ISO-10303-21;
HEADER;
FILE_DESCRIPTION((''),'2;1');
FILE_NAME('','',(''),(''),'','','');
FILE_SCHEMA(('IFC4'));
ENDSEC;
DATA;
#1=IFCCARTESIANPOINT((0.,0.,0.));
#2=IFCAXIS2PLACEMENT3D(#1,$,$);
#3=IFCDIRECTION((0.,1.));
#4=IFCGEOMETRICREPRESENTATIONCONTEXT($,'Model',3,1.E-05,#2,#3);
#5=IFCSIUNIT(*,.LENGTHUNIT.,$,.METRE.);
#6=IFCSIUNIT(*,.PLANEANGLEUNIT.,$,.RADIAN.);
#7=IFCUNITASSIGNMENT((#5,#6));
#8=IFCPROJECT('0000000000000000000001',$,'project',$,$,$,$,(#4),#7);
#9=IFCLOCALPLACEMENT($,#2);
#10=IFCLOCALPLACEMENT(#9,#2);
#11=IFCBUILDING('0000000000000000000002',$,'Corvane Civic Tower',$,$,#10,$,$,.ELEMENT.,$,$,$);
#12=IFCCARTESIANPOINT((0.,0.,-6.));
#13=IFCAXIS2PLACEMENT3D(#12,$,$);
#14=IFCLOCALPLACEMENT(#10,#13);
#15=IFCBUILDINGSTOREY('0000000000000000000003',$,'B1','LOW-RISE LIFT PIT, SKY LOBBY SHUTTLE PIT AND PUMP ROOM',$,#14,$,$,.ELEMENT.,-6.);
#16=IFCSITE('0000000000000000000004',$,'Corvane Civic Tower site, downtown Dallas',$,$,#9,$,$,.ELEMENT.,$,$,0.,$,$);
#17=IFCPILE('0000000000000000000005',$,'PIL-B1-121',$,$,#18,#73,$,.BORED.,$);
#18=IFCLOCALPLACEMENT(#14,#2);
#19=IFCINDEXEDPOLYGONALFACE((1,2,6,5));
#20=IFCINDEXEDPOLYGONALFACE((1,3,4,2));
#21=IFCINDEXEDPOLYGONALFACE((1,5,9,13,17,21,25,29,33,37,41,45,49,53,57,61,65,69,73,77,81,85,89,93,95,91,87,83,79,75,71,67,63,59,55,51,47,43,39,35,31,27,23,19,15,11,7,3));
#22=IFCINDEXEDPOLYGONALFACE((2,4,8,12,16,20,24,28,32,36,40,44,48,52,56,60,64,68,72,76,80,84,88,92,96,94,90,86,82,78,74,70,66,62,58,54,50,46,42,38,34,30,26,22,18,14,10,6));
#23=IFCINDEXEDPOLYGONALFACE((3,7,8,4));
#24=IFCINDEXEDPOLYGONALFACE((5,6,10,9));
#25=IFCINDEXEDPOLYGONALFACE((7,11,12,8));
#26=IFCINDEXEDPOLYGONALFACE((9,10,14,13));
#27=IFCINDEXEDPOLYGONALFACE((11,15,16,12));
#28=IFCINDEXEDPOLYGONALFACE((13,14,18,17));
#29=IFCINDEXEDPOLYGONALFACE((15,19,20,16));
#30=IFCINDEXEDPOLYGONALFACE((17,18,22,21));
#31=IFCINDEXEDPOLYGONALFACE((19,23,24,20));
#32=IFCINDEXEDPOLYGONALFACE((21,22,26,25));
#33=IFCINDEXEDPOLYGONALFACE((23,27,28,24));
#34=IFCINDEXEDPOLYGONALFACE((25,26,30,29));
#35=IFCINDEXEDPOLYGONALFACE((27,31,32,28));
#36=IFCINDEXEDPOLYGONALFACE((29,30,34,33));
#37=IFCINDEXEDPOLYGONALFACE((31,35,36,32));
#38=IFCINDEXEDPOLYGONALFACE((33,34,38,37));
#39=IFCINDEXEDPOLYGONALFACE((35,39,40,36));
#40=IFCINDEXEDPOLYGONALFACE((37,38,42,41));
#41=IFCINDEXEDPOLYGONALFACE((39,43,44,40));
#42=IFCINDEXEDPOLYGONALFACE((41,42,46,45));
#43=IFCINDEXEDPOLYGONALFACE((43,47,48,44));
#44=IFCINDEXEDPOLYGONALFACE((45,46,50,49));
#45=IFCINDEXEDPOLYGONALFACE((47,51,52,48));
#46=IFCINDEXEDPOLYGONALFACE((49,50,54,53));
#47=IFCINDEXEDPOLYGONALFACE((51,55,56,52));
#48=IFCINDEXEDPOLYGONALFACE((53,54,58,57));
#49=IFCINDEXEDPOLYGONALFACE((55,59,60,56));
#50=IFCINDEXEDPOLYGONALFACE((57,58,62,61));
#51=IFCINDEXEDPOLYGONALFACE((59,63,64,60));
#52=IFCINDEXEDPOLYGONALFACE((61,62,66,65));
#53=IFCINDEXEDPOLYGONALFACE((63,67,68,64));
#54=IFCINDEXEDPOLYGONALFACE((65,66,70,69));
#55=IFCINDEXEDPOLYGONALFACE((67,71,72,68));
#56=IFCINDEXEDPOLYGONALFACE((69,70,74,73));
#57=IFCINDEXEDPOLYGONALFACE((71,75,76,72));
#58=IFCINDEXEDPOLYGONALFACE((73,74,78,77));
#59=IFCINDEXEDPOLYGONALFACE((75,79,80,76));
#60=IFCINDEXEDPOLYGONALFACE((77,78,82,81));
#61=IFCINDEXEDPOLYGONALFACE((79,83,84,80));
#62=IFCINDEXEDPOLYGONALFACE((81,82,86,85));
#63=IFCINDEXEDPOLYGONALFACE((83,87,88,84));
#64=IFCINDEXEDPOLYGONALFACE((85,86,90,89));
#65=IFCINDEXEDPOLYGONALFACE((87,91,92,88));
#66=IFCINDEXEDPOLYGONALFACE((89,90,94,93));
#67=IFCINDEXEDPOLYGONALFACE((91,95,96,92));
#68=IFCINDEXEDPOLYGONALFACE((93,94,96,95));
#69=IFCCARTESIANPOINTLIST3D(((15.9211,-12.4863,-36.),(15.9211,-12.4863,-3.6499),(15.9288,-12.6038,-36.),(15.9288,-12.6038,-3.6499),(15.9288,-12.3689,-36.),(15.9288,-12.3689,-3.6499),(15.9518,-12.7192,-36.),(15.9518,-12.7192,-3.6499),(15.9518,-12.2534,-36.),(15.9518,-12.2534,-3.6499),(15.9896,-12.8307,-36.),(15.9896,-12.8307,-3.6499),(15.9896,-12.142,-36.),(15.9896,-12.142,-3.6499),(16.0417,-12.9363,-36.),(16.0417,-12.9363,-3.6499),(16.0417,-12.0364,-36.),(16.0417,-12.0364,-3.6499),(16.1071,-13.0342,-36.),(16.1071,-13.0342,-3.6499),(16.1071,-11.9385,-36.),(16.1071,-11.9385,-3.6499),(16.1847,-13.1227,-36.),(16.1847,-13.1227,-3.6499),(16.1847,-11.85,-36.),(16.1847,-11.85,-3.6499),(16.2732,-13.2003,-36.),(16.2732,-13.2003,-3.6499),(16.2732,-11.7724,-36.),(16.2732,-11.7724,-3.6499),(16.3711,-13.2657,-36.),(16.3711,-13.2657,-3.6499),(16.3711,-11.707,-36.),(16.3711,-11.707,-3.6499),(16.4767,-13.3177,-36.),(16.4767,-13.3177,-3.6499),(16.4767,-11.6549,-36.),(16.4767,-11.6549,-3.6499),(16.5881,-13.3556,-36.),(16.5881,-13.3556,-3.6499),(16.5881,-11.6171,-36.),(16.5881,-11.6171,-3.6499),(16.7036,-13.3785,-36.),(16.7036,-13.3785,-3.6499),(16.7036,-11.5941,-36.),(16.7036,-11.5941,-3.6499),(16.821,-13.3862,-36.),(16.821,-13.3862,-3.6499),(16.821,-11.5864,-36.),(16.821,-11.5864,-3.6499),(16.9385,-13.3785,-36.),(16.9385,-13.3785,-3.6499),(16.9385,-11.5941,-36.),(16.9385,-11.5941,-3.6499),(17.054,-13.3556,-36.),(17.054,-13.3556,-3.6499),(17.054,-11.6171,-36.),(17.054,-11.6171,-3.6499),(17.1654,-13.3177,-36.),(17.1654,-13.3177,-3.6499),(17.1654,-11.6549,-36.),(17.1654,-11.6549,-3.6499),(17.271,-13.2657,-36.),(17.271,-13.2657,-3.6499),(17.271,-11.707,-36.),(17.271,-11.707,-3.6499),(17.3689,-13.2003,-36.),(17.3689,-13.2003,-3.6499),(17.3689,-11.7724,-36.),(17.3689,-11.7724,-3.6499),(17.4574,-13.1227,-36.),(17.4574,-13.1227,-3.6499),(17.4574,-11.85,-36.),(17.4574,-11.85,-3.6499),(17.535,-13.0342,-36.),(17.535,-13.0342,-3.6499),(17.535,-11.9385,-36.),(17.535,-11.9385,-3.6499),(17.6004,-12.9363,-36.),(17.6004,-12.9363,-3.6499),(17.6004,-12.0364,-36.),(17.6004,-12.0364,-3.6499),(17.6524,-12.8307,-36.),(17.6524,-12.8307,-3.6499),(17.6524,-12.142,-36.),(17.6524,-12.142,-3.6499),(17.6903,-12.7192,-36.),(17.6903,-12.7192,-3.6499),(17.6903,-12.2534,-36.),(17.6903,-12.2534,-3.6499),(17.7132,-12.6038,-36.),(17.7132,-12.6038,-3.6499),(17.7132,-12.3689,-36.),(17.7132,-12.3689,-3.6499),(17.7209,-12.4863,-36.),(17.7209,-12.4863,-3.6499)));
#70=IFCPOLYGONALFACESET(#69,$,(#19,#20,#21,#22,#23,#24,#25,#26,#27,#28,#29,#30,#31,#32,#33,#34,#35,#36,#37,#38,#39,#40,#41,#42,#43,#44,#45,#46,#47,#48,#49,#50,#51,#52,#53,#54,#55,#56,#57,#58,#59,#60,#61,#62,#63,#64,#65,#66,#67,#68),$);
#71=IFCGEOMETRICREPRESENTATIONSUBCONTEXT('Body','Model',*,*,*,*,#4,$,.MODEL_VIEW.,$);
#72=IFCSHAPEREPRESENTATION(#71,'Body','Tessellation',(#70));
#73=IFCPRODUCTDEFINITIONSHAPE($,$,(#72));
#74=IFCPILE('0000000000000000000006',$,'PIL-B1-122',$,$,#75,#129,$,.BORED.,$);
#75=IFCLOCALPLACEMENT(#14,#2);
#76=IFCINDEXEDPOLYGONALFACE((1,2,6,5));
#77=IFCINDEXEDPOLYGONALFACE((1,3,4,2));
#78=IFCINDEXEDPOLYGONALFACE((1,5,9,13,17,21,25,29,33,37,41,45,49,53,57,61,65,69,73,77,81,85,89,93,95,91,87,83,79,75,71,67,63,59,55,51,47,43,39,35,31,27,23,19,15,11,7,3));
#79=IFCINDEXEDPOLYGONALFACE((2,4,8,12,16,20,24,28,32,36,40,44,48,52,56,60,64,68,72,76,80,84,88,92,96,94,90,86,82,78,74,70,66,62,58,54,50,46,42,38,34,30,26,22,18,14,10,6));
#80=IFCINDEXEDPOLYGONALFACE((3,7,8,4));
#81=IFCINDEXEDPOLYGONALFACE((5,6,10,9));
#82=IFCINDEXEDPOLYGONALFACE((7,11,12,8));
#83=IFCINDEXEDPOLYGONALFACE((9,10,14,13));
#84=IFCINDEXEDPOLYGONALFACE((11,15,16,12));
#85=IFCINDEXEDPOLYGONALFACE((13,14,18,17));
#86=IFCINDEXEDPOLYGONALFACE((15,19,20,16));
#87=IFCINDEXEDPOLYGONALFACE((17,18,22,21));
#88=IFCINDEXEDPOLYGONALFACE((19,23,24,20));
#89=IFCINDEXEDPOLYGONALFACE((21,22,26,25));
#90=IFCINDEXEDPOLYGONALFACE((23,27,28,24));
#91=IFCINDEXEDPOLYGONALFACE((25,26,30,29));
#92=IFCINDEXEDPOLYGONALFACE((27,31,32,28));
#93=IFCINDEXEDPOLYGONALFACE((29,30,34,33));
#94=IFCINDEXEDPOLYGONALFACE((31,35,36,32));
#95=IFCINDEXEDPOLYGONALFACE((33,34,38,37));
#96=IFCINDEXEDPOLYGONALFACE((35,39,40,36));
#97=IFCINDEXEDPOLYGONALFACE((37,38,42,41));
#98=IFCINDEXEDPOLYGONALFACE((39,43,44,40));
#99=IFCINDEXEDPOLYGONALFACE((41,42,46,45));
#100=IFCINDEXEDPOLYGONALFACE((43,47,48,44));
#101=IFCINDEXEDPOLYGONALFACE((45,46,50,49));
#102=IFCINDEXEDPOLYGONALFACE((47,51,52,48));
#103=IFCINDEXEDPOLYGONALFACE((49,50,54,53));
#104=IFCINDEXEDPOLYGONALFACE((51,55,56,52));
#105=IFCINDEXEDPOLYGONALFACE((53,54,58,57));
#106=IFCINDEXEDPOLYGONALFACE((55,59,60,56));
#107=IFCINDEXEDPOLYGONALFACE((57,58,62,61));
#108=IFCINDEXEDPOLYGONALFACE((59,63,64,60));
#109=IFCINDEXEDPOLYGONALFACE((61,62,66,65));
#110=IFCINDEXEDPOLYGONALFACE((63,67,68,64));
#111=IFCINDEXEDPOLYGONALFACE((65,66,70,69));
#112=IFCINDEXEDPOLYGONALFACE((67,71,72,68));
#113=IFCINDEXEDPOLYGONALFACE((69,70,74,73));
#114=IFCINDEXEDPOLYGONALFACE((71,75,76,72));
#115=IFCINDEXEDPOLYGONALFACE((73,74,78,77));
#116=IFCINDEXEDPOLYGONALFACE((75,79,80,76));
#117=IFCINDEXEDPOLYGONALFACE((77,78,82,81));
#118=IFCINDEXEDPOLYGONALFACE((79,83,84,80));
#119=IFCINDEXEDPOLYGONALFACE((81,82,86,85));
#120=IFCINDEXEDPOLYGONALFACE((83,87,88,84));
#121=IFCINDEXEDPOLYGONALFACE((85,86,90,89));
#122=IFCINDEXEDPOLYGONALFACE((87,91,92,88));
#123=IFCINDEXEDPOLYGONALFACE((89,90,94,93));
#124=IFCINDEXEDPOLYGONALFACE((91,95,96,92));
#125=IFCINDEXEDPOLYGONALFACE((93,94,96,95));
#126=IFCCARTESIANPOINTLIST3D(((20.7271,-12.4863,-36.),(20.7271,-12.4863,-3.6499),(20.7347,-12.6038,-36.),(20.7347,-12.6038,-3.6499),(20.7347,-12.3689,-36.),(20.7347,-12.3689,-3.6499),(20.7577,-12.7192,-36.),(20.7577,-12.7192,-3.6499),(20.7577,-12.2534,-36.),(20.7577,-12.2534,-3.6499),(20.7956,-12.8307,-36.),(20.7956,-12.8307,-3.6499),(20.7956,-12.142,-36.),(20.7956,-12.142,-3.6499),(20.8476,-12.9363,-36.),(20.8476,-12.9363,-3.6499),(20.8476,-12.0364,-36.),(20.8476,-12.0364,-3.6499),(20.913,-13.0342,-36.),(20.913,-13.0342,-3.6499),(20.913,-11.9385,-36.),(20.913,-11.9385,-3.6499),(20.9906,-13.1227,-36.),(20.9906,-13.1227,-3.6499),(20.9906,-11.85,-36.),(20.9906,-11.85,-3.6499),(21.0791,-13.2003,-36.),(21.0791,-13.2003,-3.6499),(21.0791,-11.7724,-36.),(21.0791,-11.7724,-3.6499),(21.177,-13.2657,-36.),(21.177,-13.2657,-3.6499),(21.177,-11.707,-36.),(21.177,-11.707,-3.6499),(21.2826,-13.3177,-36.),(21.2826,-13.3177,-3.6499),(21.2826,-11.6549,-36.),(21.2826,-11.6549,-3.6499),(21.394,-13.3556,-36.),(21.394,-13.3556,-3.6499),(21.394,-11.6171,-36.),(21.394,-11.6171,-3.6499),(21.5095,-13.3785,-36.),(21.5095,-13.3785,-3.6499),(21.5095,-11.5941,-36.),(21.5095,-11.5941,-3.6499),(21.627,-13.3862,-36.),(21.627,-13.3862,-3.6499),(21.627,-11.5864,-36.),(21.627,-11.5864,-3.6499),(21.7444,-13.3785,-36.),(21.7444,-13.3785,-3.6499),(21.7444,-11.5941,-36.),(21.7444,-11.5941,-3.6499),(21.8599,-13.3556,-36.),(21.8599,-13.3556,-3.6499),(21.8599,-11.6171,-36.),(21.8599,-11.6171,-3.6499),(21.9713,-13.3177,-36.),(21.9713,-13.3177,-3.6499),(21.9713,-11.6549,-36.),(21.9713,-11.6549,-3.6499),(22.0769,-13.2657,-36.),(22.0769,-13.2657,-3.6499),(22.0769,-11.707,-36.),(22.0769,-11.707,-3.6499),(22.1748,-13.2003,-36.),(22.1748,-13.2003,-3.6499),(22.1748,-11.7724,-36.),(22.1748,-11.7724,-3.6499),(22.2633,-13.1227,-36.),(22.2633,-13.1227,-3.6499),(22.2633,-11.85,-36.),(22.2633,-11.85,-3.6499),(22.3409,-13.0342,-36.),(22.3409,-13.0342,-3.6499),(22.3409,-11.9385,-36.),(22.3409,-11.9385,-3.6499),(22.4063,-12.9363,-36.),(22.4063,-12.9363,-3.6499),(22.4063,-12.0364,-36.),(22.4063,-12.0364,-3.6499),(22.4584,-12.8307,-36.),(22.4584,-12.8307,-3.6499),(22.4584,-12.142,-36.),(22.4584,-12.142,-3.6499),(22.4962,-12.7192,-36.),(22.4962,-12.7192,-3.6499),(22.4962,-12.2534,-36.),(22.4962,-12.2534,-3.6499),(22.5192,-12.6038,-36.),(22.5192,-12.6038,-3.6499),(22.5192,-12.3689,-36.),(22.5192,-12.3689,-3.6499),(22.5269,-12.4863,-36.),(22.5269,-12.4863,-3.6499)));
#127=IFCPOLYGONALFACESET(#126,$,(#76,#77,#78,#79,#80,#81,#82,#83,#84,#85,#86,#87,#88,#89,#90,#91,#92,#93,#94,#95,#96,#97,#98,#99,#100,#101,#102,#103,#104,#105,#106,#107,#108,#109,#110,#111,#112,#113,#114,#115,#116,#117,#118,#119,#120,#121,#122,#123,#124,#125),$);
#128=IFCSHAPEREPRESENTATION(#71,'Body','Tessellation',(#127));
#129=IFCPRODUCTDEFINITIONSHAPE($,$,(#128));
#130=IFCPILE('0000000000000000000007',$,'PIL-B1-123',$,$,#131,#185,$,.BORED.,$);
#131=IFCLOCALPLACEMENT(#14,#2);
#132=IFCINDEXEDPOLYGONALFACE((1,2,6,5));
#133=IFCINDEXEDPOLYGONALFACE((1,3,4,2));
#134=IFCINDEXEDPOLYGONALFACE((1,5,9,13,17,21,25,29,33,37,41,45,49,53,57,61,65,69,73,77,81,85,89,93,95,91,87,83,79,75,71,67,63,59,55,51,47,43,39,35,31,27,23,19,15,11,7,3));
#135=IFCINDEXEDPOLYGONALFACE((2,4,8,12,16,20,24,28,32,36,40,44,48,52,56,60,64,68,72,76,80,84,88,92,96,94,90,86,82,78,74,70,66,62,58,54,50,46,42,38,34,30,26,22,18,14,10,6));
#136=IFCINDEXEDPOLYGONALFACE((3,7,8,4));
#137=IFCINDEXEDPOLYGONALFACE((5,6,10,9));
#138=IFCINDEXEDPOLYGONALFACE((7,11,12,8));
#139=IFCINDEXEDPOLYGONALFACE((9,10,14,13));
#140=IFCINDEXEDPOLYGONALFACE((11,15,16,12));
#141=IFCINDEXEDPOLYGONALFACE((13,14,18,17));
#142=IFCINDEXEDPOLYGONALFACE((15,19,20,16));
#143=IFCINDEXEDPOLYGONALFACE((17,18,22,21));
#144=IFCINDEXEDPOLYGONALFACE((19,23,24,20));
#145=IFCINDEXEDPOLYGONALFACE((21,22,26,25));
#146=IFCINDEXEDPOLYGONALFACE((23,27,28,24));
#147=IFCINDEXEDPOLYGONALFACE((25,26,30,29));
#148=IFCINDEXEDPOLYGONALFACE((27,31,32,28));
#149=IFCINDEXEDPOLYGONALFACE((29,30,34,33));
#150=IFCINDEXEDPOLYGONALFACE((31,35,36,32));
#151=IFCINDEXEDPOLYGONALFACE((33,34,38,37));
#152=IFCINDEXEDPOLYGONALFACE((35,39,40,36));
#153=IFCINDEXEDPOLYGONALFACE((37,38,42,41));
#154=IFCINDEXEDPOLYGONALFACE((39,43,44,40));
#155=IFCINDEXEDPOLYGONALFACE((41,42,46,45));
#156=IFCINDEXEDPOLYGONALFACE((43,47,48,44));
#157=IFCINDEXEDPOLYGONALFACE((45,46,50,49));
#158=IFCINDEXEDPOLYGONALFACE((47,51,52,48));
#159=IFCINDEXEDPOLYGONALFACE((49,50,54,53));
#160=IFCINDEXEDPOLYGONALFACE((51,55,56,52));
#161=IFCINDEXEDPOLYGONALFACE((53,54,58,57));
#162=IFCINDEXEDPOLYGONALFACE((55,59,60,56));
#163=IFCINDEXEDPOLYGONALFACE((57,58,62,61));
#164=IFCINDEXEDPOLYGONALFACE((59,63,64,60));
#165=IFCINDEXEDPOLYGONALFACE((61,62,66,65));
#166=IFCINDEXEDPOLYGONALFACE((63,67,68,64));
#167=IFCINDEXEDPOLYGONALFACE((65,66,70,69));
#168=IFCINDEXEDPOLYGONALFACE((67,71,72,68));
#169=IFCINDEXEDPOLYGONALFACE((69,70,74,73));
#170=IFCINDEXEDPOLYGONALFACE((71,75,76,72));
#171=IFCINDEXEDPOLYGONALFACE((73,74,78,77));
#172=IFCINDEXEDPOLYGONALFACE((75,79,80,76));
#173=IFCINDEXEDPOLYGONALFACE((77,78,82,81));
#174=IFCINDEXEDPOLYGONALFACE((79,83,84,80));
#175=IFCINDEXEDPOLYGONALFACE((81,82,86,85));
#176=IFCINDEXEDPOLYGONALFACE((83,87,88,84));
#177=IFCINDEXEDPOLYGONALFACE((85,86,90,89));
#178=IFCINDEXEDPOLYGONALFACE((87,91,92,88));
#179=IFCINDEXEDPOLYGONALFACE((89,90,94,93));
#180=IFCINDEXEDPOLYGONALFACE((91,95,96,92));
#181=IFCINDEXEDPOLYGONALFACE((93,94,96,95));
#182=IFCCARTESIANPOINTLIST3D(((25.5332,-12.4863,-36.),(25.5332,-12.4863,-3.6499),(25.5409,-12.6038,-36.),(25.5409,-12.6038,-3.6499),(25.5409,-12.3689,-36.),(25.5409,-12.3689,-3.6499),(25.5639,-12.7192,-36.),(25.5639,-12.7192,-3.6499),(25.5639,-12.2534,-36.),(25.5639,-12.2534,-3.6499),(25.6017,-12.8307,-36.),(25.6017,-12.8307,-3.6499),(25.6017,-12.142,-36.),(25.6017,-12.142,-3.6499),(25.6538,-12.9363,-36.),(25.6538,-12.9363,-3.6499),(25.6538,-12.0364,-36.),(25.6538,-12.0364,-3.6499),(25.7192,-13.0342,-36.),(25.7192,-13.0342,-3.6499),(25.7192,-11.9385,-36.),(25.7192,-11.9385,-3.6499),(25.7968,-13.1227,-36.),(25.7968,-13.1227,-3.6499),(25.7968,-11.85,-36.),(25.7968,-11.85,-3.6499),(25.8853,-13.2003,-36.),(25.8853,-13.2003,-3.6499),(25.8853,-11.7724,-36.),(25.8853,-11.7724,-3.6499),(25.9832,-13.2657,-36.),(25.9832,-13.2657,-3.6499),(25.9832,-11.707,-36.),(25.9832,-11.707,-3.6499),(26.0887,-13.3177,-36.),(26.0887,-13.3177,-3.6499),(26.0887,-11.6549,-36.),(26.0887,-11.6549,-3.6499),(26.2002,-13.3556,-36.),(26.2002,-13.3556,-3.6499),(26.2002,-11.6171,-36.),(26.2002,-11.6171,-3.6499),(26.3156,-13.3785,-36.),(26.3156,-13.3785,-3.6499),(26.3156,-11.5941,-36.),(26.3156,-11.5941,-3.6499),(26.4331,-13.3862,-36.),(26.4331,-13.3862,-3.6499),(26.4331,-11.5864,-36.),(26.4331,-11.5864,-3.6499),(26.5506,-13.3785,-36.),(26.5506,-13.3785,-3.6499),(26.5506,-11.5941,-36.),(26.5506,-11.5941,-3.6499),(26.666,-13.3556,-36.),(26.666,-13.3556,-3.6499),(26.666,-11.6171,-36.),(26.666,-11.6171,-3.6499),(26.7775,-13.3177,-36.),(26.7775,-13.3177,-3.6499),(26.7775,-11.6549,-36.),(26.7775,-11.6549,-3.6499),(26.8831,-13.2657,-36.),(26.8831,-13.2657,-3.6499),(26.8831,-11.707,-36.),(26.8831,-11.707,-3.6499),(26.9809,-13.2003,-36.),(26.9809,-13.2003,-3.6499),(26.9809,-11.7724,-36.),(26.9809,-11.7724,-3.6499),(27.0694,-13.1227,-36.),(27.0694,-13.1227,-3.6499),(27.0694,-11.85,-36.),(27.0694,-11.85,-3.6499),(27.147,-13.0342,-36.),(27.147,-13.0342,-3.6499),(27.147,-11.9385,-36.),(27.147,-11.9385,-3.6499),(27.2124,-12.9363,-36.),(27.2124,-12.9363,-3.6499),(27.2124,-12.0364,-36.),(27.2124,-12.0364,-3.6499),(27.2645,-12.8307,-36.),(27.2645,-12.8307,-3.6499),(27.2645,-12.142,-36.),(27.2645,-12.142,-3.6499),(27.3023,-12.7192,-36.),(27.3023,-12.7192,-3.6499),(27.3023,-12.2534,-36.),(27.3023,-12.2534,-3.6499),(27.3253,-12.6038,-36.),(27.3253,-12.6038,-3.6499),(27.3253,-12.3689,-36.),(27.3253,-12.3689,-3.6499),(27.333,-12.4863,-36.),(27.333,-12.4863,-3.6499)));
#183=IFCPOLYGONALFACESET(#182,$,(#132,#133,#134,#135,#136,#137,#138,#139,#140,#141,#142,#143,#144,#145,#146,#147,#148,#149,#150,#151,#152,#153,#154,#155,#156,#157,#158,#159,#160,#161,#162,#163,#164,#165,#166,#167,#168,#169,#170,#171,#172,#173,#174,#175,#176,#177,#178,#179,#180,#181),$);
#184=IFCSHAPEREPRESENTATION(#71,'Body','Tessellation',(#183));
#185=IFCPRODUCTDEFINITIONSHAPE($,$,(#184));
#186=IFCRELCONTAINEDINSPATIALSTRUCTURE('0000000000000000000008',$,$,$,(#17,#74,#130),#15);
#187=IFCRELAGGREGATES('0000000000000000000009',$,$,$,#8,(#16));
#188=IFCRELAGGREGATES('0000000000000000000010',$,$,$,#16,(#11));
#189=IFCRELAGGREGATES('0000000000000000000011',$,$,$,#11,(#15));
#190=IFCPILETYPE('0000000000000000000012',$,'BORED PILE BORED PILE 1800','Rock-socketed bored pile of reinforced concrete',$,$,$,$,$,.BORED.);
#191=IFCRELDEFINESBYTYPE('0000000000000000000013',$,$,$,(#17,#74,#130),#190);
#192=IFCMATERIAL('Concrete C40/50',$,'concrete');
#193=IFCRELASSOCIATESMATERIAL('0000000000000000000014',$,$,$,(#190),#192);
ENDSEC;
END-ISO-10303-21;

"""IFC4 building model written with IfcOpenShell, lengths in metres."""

from ifc_helpers import new_model, si_unit, direction, frame, origin, origin_2d, place, context, subcontext, project, spatial, circle, extrude, material, material_profile, profile_set, type_object, element, save


model = new_model("IFC4")

# Units and contexts
model_context = context("Model", 3, precision=1e-05, world=origin(), true_north=direction((0.0, 1.0)))
body_context = subcontext(model_context, "Body", "Model", "MODEL_VIEW")
ifc_project = project(units=[si_unit("LENGTHUNIT", "METRE"), si_unit("PLANEANGLEUNIT", "RADIAN")], contexts=[model_context])

# Site, building, storey
site_placement = place(None, origin())
site = spatial("IfcSite", under=ifc_project, at=site_placement, Name="Corvane Civic Tower site, downtown Dallas", CompositionType="ELEMENT", RefElevation=0.0)
building_placement = place(site_placement, origin())
building = spatial("IfcBuilding", under=site, at=building_placement, Name="Corvane Civic Tower", CompositionType="ELEMENT")
storey_placement = place(building_placement, frame((0.0, 0.0, -6.0)))
storey = spatial("IfcBuildingStorey", under=building, at=storey_placement, Name="B1", Description="LOW-RISE LIFT PIT, SKY LOBBY SHUTTLE PIT AND PUMP ROOM", CompositionType="ELEMENT", Elevation=-6.0)

# Piles
ifc_material_1 = material(Name="Concrete C40/50", Category="concrete")
ifc_material_profile = material_profile(ifc_material_1, circle(Radius=0.8999, at=origin_2d()), Name="BORED PILE 1800")
ifc_profile_set = profile_set([ifc_material_profile], Name="Concrete C40/50")
pile_type = type_object("IfcPileType", Name="BORED PILE BORED PILE 1800", Description="Rock-socketed bored pile of reinforced concrete", PredefinedType="BORED", material=ifc_profile_set)
for number, where, z_axis, x_axis, name in (
    (1, (16.821, -12.4863, -3.6499), (0.0, 0.0, -1.0), (1.0, 0.0, 0.0), "PIL-B1-121"),
    (2, (21.627, -12.4863, -3.6499), (0.0, 0.0, -1.0), (1.0, 0.0, 0.0), "PIL-B1-122"),
    (3, (26.4331, -12.4863, -3.6499), (0.0, 0.0, -1.0), (1.0, 0.0, 0.0), "PIL-B1-123"),
):
    element("IfcPile", number, at=place(storey_placement, frame(where, z_axis=z_axis, x_axis=x_axis)), inside=storey, type_object=pile_type, Name=name, PredefinedType="BORED", context=body_context, shape_type="SweptSolid", body=[
        extrude(circle(Radius=0.8999, at=origin_2d()), origin(), (0.0, 0.0, 1.0), 32.3501),
    ])

save(model, "model.ifc")
